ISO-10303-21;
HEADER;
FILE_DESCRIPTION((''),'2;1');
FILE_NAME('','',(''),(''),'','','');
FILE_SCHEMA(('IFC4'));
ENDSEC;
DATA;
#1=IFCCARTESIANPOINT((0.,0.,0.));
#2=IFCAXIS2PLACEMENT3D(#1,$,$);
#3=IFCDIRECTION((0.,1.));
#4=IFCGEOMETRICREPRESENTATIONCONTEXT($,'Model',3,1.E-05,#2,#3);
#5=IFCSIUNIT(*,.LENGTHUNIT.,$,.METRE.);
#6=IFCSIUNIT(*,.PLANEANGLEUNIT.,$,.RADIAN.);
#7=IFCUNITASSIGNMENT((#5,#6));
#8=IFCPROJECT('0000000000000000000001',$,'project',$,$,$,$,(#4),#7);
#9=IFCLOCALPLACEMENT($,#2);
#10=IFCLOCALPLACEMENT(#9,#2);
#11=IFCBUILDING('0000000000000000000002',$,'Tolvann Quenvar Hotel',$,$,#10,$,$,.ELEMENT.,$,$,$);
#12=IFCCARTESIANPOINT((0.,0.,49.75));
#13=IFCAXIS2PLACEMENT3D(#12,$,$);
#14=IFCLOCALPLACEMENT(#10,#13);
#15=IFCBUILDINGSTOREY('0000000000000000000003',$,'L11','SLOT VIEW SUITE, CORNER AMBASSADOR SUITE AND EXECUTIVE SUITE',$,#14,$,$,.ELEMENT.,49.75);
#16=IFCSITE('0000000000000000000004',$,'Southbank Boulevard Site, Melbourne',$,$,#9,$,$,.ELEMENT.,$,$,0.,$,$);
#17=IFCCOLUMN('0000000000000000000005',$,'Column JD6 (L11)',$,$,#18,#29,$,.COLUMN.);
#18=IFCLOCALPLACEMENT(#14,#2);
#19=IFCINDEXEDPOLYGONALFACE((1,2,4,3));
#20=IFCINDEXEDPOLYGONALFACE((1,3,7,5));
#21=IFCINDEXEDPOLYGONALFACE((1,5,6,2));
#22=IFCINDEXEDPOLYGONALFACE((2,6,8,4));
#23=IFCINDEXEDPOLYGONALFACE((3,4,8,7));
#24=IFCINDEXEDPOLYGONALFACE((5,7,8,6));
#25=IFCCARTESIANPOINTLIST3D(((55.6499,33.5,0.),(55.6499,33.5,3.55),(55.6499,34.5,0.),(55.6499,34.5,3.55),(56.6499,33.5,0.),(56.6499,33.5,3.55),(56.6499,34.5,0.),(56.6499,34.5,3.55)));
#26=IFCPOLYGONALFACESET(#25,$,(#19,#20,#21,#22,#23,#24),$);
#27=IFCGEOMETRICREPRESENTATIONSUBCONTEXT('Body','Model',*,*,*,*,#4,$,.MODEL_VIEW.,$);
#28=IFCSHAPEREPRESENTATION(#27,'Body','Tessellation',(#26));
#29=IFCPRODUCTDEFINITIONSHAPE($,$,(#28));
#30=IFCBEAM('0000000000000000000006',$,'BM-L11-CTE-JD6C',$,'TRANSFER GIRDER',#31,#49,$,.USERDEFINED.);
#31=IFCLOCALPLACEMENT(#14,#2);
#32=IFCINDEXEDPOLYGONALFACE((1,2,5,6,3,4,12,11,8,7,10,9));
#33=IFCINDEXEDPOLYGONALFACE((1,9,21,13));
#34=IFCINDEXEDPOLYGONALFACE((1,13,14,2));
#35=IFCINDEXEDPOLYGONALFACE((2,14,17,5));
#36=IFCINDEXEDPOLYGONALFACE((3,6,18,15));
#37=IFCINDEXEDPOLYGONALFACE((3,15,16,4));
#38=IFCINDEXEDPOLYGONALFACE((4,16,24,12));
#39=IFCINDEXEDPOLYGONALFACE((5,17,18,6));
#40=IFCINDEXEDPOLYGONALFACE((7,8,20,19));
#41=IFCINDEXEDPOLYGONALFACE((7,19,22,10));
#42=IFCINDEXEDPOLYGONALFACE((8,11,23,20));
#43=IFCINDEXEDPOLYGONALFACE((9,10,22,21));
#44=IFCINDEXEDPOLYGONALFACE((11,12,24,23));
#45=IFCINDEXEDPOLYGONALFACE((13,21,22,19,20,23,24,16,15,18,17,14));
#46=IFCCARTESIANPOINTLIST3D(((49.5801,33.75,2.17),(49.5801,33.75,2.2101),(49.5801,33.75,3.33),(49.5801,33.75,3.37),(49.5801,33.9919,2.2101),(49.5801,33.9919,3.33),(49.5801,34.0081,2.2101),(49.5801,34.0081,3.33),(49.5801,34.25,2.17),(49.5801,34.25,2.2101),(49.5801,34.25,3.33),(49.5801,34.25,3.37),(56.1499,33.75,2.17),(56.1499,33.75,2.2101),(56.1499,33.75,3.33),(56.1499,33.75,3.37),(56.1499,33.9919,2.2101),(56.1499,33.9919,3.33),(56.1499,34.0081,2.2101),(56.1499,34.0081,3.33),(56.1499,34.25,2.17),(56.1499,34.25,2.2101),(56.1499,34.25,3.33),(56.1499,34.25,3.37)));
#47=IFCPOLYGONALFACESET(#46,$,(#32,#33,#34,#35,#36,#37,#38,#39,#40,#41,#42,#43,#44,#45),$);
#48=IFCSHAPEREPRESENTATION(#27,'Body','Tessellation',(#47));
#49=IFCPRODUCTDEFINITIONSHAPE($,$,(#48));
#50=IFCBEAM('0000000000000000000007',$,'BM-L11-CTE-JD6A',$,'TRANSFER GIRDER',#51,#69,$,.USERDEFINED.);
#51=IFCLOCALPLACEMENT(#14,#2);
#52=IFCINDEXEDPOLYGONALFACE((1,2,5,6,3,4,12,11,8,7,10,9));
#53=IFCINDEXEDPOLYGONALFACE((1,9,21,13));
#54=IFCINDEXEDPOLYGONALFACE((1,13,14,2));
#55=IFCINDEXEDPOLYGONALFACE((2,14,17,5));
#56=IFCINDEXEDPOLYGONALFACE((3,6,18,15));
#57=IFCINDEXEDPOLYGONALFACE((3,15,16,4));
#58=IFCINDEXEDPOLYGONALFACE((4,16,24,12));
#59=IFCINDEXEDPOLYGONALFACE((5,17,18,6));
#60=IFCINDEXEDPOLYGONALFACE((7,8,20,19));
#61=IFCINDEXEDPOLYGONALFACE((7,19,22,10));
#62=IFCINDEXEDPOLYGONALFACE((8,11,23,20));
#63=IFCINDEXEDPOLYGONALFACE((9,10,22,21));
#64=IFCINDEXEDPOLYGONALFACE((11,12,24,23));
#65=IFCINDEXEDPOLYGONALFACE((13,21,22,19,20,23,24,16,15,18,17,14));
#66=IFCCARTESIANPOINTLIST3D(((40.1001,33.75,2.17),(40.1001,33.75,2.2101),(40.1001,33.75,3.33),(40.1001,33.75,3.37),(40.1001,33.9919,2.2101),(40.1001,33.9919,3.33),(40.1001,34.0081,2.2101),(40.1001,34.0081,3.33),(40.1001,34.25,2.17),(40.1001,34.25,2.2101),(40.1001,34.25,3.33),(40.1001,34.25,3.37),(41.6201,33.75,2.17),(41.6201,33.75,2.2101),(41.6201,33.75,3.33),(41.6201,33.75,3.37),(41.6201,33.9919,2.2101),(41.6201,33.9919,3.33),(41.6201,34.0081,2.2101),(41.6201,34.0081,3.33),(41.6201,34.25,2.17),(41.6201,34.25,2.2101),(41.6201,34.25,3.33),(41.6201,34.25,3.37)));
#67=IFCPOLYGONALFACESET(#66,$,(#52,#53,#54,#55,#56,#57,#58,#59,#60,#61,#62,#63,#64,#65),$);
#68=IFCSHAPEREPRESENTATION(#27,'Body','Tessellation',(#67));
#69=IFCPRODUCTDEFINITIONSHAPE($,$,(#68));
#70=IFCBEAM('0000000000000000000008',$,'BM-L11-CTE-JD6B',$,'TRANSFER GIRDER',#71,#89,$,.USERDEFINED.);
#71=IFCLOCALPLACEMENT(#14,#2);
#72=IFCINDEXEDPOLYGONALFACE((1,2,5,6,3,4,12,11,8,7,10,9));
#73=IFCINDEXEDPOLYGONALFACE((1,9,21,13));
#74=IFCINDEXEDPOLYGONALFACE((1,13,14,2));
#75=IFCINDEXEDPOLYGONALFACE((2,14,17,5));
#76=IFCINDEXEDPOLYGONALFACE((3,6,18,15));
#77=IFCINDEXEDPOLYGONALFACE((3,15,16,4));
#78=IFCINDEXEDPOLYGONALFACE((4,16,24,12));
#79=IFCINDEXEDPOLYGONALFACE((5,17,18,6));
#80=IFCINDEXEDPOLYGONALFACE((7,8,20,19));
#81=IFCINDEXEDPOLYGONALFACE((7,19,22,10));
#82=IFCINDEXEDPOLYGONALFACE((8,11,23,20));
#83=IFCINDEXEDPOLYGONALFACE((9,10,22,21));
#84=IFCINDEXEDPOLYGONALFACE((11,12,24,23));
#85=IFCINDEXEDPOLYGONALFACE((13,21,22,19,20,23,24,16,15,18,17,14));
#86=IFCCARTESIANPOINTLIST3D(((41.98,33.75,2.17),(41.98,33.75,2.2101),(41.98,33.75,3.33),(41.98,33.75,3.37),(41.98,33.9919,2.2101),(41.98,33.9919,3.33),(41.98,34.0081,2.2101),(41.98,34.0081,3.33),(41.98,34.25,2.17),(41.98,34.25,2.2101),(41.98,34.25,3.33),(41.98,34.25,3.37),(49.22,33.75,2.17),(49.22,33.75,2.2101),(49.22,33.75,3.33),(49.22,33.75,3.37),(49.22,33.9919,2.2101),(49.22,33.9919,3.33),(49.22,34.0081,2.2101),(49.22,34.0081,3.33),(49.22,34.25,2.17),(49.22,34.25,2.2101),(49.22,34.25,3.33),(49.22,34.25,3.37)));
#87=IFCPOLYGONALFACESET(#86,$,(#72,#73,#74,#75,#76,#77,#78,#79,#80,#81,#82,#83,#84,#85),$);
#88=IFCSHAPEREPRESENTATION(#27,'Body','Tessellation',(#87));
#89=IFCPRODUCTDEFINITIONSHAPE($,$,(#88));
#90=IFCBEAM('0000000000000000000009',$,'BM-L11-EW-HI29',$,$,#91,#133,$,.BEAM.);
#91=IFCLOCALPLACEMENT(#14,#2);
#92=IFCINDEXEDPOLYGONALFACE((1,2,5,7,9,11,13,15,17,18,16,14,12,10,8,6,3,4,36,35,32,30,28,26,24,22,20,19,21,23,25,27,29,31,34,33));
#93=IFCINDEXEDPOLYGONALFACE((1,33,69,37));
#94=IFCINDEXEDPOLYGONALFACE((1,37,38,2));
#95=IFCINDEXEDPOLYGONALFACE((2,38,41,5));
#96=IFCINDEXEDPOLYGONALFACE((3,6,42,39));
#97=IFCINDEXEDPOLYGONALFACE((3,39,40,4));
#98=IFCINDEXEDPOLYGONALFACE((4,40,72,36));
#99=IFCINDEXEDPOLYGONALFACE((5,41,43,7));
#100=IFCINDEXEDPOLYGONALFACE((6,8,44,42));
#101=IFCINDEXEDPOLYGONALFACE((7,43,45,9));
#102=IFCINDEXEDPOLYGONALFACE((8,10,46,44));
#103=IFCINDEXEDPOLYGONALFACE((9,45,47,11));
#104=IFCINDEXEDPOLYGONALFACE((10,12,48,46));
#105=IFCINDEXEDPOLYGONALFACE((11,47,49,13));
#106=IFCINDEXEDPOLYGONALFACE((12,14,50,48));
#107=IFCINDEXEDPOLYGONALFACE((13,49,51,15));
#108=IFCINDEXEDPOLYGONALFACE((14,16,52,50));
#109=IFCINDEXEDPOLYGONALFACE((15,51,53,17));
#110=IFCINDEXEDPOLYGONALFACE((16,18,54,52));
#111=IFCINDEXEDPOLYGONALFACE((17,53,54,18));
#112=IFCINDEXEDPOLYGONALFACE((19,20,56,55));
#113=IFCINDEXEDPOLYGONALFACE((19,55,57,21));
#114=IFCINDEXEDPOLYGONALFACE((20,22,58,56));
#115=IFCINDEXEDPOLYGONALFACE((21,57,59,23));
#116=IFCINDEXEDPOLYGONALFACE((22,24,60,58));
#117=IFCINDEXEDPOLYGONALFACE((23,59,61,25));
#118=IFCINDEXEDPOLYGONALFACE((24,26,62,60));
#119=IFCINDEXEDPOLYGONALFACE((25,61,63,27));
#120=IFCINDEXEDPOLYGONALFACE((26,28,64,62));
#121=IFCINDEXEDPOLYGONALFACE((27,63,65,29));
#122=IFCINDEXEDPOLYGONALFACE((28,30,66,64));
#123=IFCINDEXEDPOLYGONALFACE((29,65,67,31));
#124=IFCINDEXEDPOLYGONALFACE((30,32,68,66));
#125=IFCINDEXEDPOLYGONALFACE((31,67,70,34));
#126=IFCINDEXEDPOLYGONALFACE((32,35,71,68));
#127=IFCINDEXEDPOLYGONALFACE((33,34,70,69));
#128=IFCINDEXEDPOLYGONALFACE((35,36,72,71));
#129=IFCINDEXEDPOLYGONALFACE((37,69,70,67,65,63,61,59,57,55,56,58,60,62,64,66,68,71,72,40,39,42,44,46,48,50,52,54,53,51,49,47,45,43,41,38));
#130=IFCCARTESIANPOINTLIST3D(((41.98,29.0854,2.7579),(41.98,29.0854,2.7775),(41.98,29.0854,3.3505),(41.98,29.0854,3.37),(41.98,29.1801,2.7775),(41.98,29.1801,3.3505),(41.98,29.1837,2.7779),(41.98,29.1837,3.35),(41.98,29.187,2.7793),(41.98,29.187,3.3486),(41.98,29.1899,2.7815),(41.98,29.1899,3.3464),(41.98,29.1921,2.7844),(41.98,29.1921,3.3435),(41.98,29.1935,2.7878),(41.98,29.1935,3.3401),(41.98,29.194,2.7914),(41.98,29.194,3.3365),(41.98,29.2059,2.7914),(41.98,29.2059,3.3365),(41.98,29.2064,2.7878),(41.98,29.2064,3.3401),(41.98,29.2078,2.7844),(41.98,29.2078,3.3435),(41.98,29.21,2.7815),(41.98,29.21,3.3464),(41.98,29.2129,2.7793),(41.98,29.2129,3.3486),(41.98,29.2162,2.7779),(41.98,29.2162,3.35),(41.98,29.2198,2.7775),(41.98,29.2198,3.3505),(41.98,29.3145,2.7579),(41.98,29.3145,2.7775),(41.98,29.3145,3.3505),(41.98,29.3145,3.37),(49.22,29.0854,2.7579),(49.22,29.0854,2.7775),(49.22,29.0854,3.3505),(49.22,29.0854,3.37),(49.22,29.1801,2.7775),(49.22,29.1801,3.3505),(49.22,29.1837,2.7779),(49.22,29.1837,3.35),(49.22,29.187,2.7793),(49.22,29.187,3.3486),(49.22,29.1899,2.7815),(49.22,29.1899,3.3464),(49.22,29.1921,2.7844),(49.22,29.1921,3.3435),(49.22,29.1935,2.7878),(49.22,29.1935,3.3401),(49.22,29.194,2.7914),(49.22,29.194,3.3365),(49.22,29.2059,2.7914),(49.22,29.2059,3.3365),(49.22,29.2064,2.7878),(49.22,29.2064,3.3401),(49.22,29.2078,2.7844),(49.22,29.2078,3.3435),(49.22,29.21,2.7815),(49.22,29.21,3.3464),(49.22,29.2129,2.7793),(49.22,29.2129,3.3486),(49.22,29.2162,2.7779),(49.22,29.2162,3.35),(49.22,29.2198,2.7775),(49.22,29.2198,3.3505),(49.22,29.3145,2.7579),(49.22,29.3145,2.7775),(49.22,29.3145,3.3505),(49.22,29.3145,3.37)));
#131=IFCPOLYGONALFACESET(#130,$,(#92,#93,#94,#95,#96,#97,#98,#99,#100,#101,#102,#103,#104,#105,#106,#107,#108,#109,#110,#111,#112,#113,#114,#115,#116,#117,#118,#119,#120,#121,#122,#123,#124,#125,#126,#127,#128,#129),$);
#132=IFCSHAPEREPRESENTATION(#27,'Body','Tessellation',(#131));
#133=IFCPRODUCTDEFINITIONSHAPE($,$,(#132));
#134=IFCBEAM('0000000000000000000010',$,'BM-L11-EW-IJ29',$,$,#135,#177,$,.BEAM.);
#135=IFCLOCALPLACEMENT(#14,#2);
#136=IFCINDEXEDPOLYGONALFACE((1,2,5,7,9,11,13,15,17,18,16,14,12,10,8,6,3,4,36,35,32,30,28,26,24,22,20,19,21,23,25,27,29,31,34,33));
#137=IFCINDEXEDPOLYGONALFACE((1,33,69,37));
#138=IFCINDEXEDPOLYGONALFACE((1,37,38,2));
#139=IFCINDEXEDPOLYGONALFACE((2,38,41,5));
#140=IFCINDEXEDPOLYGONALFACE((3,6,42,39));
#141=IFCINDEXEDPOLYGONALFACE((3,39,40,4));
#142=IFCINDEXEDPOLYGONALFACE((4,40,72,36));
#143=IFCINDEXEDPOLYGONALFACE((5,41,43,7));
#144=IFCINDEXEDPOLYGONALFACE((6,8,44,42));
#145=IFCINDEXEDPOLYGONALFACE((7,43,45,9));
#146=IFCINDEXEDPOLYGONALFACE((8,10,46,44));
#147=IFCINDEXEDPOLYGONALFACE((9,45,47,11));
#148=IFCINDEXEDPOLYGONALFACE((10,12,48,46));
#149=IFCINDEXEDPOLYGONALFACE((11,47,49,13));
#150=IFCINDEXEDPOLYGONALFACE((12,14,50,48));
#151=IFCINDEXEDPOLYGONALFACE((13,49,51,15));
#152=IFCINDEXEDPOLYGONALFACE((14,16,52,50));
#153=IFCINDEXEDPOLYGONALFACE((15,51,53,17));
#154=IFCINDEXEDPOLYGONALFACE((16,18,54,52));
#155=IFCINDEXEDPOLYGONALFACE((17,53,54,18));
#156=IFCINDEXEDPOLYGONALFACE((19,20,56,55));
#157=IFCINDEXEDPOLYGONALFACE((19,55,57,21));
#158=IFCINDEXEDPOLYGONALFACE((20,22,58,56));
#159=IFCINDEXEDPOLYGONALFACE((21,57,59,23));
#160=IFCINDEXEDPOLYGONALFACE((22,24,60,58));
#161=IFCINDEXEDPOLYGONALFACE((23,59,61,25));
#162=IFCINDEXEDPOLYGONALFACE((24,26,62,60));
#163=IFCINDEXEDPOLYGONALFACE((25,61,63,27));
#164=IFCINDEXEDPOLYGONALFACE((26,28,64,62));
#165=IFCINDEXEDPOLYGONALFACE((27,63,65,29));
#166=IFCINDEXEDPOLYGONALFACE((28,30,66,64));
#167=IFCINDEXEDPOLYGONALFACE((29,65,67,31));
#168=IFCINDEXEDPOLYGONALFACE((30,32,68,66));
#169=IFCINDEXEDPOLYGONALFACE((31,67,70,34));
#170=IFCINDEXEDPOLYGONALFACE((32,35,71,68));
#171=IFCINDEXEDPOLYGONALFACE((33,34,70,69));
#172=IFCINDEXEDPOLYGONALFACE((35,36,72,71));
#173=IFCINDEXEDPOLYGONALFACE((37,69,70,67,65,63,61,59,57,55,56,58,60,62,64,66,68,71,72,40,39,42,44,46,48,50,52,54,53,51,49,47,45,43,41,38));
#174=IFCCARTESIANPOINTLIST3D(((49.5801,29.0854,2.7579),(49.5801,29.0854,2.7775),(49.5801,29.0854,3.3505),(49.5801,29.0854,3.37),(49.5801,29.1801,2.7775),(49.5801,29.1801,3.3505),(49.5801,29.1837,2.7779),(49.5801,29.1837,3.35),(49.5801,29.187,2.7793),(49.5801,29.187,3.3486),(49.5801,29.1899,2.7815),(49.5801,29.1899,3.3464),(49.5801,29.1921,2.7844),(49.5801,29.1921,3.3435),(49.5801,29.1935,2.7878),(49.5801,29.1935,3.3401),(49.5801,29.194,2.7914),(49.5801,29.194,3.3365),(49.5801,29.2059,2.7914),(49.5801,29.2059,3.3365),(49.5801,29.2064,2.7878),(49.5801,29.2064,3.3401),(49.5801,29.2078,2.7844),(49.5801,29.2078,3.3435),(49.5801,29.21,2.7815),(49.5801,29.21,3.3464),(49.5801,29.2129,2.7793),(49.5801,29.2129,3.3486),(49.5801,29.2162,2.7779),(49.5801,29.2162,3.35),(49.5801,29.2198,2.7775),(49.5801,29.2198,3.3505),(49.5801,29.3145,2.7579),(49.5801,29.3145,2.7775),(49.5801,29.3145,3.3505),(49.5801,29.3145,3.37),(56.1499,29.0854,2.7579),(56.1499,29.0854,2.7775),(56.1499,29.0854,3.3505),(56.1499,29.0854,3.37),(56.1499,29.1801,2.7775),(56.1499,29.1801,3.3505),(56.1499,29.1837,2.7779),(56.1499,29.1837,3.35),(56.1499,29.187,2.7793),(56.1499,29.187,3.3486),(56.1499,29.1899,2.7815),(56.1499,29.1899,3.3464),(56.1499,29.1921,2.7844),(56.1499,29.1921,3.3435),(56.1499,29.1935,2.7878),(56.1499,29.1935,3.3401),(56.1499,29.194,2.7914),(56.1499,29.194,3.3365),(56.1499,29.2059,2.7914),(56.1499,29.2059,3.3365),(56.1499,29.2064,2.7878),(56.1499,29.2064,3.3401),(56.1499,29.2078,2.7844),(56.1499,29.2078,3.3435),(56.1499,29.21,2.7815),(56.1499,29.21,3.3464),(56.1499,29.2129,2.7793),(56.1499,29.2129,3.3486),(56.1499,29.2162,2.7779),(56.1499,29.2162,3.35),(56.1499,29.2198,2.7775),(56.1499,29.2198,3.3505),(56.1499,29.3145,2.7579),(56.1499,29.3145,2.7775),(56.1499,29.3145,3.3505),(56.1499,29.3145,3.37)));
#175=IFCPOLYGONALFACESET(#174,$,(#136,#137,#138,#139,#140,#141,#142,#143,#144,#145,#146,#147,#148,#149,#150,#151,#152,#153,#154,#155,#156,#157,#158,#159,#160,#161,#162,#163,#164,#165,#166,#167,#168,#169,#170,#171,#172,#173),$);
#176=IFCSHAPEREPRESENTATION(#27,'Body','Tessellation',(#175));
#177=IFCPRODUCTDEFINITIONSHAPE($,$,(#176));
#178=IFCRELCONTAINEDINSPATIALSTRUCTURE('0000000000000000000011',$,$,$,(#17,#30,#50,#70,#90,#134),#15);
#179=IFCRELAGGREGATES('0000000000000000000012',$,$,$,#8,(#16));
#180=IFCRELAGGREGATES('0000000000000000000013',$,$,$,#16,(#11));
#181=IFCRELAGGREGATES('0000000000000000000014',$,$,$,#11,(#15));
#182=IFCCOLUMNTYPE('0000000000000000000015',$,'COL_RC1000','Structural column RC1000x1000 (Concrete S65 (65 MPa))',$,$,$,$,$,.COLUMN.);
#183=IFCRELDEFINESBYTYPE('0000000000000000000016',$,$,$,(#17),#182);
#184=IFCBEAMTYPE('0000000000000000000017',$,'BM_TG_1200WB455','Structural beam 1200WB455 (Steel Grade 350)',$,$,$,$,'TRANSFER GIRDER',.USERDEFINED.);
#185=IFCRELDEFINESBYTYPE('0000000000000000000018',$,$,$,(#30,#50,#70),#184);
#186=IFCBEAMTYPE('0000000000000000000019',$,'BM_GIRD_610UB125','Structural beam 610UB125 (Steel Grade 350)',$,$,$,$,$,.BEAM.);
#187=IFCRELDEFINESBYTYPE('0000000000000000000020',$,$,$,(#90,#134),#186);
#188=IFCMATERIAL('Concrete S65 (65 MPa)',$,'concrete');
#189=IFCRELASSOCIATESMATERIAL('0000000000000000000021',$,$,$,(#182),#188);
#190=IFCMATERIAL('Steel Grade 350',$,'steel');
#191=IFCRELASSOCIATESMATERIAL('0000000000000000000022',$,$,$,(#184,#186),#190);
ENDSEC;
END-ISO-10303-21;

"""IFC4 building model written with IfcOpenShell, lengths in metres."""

from ifc_helpers import new_model, si_unit, direction, frame, origin, origin_2d, place, context, subcontext, project, spatial, rectangle, i_section, extrude, source, transform, mapped, material, material_profile, profile_set, type_object, type_shapes, element, save


model = new_model("IFC4")

# Units and contexts
model_context = context("Model", 3, precision=1e-05, world=origin(), true_north=direction((0.0, 1.0)))
body_context = subcontext(model_context, "Body", "Model", "MODEL_VIEW")
ifc_project = project(units=[si_unit("LENGTHUNIT", "METRE"), si_unit("PLANEANGLEUNIT", "RADIAN")], contexts=[model_context])

# Site, building, storey
site_placement = place(None, origin())
site = spatial("IfcSite", under=ifc_project, at=site_placement, Name="Southbank Boulevard Site, Melbourne", CompositionType="ELEMENT", RefElevation=0.0)
building_placement = place(site_placement, origin())
building = spatial("IfcBuilding", under=site, at=building_placement, Name="Tolvann Quenvar Hotel", CompositionType="ELEMENT")
storey_placement = place(building_placement, frame((0.0, 0.0, 49.75)))
storey = spatial("IfcBuildingStorey", under=building, at=storey_placement, Name="L11", Description="SLOT VIEW SUITE, CORNER AMBASSADOR SUITE AND EXECUTIVE SUITE", CompositionType="ELEMENT", Elevation=49.75)

# Column
ifc_material_1 = material(Name="Concrete S65 (65 MPa)", Category="concrete")
ifc_material_profile_1 = material_profile(ifc_material_1, rectangle(XDim=1.0, YDim=1.0, at=origin_2d()), Name="RC1000x1000")
ifc_profile_set_1 = profile_set([ifc_material_profile_1], Name="Concrete S65 (65 MPa)")
column_type = type_object("IfcColumnType", Name="COL_RC1000", Description="Structural column RC1000x1000 (Concrete S65 (65 MPa))", PredefinedType="COLUMN", material=ifc_profile_set_1)
shared_shape_1 = source(origin(), body_context, "Body", "SweptSolid", [
    extrude(rectangle(XDim=1.0, YDim=1.0, at=origin_2d()), origin(), (0.0, 0.0, 1.0), 3.55),
])
type_shapes(column_type, [shared_shape_1])
column_placement = place(storey_placement, frame((56.1499, 34.0, 0.0), z_axis=(0.0, 0.0, 1.0), x_axis=(1.0, 0.0, 0.0)))
element("IfcColumn", 1, at=column_placement, inside=storey, type_object=column_type, Name="Column JD6 (L11)", PredefinedType="COLUMN", context=body_context, shape_type="MappedRepresentation", body=[
    mapped(shared_shape_1, transform((0.0, 0.0, 0.0), x_axis=(1.0, 0.0, 0.0), y_axis=(0.0, 1.0, 0.0), z_axis=(0.0, 0.0, 1.0), scale=1.0)),
])

# Beams
ifc_material_2 = material(Name="Steel Grade 350", Category="steel")
ifc_material_profile_2 = material_profile(ifc_material_2, i_section(OverallWidth=0.5, OverallDepth=1.2, WebThickness=0.0161, FlangeThickness=0.04, at=origin_2d()), Name="1200WB455")
ifc_profile_set_2 = profile_set([ifc_material_profile_2], Name="Steel Grade 350")
beam_type_1 = type_object("IfcBeamType", Name="BM_TG_1200WB455", Description="Structural beam 1200WB455 (Steel Grade 350)", ElementType="TRANSFER GIRDER", PredefinedType="USERDEFINED", material=ifc_profile_set_2)
shared_shape_2 = source(origin(), body_context, "Body", "SweptSolid", [
    extrude(i_section(OverallWidth=0.5, OverallDepth=1.2, WebThickness=0.0161, FlangeThickness=0.04, at=origin_2d()), origin(), (0.0, 0.0, 1.0), 6.5698),
])
beam_1_placement = place(storey_placement, frame((49.5801, 34.0, 2.77), z_axis=(1.0, 0.0, 0.0), x_axis=(0.0, 1.0, 0.0)))
element("IfcBeam", 2, at=beam_1_placement, inside=storey, type_object=beam_type_1, Name="BM-L11-CTE-JD6C", ObjectType="TRANSFER GIRDER", PredefinedType="USERDEFINED", context=body_context, shape_type="MappedRepresentation", body=[
    mapped(shared_shape_2, transform((0.0, 0.0, 0.0), x_axis=(1.0, 0.0, 0.0), y_axis=(0.0, 1.0, 0.0), z_axis=(0.0, 0.0, 1.0), scale=1.0)),
])
shared_shape_3 = source(origin(), body_context, "Body", "SweptSolid", [
    extrude(i_section(OverallWidth=0.5, OverallDepth=1.2, WebThickness=0.0161, FlangeThickness=0.04, at=origin_2d()), origin(), (0.0, 0.0, 1.0), 1.52),
])
beam_2_placement = place(storey_placement, frame((40.1001, 34.0, 2.77), z_axis=(1.0, 0.0, 0.0), x_axis=(0.0, 1.0, 0.0)))
element("IfcBeam", 3, at=beam_2_placement, inside=storey, type_object=beam_type_1, Name="BM-L11-CTE-JD6A", ObjectType="TRANSFER GIRDER", PredefinedType="USERDEFINED", context=body_context, shape_type="MappedRepresentation", body=[
    mapped(shared_shape_3, transform((0.0, 0.0, 0.0), x_axis=(1.0, 0.0, 0.0), y_axis=(0.0, 1.0, 0.0), z_axis=(0.0, 0.0, 1.0), scale=1.0)),
])
shared_shape_4 = source(origin(), body_context, "Body", "SweptSolid", [
    extrude(i_section(OverallWidth=0.5, OverallDepth=1.2, WebThickness=0.0161, FlangeThickness=0.04, at=origin_2d()), origin(), (0.0, 0.0, 1.0), 7.24),
])
type_shapes(beam_type_1, [shared_shape_2, shared_shape_3, shared_shape_4])
beam_3_placement = place(storey_placement, frame((41.98, 34.0, 2.77), z_axis=(1.0, 0.0, 0.0), x_axis=(0.0, 1.0, 0.0)))
element("IfcBeam", 4, at=beam_3_placement, inside=storey, type_object=beam_type_1, Name="BM-L11-CTE-JD6B", ObjectType="TRANSFER GIRDER", PredefinedType="USERDEFINED", context=body_context, shape_type="MappedRepresentation", body=[
    mapped(shared_shape_4, transform((0.0, 0.0, 0.0), x_axis=(1.0, 0.0, 0.0), y_axis=(0.0, 1.0, 0.0), z_axis=(0.0, 0.0, 1.0), scale=1.0)),
])
ifc_material_profile_3 = material_profile(ifc_material_2, i_section(OverallWidth=0.229, OverallDepth=0.6121, WebThickness=0.012, FlangeThickness=0.0195, FilletRadius=0.0139, at=origin_2d()), Name="610UB125")
ifc_profile_set_3 = profile_set([ifc_material_profile_3], Name="Steel Grade 350")
beam_type_2 = type_object("IfcBeamType", Name="BM_GIRD_610UB125", Description="Structural beam 610UB125 (Steel Grade 350)", PredefinedType="BEAM", material=ifc_profile_set_3)
shared_shape_5 = source(origin(), body_context, "Body", "SweptSolid", [
    extrude(i_section(OverallWidth=0.229, OverallDepth=0.6121, WebThickness=0.012, FlangeThickness=0.0195, FilletRadius=0.0139, at=origin_2d()), origin(), (0.0, 0.0, 1.0), 7.24),
])
beam_4_placement = place(storey_placement, frame((41.98, 29.2, 3.064), z_axis=(1.0, 0.0, 0.0), x_axis=(0.0, 1.0, 0.0)))
element("IfcBeam", 5, at=beam_4_placement, inside=storey, type_object=beam_type_2, Name="BM-L11-EW-HI29", PredefinedType="BEAM", context=body_context, shape_type="MappedRepresentation", body=[
    mapped(shared_shape_5, transform((0.0, 0.0, 0.0), x_axis=(1.0, 0.0, 0.0), y_axis=(0.0, 1.0, 0.0), z_axis=(0.0, 0.0, 1.0), scale=1.0)),
])
shared_shape_6 = source(origin(), body_context, "Body", "SweptSolid", [
    extrude(i_section(OverallWidth=0.229, OverallDepth=0.6121, WebThickness=0.012, FlangeThickness=0.0195, FilletRadius=0.0139, at=origin_2d()), origin(), (0.0, 0.0, 1.0), 6.5698),
])
type_shapes(beam_type_2, [shared_shape_5, shared_shape_6])
beam_5_placement = place(storey_placement, frame((49.5801, 29.2, 3.064), z_axis=(1.0, 0.0, 0.0), x_axis=(0.0, 1.0, 0.0)))
element("IfcBeam", 6, at=beam_5_placement, inside=storey, type_object=beam_type_2, Name="BM-L11-EW-IJ29", PredefinedType="BEAM", context=body_context, shape_type="MappedRepresentation", body=[
    mapped(shared_shape_6, transform((0.0, 0.0, 0.0), x_axis=(1.0, 0.0, 0.0), y_axis=(0.0, 1.0, 0.0), z_axis=(0.0, 0.0, 1.0), scale=1.0)),
])

save(model, "model.ifc")
